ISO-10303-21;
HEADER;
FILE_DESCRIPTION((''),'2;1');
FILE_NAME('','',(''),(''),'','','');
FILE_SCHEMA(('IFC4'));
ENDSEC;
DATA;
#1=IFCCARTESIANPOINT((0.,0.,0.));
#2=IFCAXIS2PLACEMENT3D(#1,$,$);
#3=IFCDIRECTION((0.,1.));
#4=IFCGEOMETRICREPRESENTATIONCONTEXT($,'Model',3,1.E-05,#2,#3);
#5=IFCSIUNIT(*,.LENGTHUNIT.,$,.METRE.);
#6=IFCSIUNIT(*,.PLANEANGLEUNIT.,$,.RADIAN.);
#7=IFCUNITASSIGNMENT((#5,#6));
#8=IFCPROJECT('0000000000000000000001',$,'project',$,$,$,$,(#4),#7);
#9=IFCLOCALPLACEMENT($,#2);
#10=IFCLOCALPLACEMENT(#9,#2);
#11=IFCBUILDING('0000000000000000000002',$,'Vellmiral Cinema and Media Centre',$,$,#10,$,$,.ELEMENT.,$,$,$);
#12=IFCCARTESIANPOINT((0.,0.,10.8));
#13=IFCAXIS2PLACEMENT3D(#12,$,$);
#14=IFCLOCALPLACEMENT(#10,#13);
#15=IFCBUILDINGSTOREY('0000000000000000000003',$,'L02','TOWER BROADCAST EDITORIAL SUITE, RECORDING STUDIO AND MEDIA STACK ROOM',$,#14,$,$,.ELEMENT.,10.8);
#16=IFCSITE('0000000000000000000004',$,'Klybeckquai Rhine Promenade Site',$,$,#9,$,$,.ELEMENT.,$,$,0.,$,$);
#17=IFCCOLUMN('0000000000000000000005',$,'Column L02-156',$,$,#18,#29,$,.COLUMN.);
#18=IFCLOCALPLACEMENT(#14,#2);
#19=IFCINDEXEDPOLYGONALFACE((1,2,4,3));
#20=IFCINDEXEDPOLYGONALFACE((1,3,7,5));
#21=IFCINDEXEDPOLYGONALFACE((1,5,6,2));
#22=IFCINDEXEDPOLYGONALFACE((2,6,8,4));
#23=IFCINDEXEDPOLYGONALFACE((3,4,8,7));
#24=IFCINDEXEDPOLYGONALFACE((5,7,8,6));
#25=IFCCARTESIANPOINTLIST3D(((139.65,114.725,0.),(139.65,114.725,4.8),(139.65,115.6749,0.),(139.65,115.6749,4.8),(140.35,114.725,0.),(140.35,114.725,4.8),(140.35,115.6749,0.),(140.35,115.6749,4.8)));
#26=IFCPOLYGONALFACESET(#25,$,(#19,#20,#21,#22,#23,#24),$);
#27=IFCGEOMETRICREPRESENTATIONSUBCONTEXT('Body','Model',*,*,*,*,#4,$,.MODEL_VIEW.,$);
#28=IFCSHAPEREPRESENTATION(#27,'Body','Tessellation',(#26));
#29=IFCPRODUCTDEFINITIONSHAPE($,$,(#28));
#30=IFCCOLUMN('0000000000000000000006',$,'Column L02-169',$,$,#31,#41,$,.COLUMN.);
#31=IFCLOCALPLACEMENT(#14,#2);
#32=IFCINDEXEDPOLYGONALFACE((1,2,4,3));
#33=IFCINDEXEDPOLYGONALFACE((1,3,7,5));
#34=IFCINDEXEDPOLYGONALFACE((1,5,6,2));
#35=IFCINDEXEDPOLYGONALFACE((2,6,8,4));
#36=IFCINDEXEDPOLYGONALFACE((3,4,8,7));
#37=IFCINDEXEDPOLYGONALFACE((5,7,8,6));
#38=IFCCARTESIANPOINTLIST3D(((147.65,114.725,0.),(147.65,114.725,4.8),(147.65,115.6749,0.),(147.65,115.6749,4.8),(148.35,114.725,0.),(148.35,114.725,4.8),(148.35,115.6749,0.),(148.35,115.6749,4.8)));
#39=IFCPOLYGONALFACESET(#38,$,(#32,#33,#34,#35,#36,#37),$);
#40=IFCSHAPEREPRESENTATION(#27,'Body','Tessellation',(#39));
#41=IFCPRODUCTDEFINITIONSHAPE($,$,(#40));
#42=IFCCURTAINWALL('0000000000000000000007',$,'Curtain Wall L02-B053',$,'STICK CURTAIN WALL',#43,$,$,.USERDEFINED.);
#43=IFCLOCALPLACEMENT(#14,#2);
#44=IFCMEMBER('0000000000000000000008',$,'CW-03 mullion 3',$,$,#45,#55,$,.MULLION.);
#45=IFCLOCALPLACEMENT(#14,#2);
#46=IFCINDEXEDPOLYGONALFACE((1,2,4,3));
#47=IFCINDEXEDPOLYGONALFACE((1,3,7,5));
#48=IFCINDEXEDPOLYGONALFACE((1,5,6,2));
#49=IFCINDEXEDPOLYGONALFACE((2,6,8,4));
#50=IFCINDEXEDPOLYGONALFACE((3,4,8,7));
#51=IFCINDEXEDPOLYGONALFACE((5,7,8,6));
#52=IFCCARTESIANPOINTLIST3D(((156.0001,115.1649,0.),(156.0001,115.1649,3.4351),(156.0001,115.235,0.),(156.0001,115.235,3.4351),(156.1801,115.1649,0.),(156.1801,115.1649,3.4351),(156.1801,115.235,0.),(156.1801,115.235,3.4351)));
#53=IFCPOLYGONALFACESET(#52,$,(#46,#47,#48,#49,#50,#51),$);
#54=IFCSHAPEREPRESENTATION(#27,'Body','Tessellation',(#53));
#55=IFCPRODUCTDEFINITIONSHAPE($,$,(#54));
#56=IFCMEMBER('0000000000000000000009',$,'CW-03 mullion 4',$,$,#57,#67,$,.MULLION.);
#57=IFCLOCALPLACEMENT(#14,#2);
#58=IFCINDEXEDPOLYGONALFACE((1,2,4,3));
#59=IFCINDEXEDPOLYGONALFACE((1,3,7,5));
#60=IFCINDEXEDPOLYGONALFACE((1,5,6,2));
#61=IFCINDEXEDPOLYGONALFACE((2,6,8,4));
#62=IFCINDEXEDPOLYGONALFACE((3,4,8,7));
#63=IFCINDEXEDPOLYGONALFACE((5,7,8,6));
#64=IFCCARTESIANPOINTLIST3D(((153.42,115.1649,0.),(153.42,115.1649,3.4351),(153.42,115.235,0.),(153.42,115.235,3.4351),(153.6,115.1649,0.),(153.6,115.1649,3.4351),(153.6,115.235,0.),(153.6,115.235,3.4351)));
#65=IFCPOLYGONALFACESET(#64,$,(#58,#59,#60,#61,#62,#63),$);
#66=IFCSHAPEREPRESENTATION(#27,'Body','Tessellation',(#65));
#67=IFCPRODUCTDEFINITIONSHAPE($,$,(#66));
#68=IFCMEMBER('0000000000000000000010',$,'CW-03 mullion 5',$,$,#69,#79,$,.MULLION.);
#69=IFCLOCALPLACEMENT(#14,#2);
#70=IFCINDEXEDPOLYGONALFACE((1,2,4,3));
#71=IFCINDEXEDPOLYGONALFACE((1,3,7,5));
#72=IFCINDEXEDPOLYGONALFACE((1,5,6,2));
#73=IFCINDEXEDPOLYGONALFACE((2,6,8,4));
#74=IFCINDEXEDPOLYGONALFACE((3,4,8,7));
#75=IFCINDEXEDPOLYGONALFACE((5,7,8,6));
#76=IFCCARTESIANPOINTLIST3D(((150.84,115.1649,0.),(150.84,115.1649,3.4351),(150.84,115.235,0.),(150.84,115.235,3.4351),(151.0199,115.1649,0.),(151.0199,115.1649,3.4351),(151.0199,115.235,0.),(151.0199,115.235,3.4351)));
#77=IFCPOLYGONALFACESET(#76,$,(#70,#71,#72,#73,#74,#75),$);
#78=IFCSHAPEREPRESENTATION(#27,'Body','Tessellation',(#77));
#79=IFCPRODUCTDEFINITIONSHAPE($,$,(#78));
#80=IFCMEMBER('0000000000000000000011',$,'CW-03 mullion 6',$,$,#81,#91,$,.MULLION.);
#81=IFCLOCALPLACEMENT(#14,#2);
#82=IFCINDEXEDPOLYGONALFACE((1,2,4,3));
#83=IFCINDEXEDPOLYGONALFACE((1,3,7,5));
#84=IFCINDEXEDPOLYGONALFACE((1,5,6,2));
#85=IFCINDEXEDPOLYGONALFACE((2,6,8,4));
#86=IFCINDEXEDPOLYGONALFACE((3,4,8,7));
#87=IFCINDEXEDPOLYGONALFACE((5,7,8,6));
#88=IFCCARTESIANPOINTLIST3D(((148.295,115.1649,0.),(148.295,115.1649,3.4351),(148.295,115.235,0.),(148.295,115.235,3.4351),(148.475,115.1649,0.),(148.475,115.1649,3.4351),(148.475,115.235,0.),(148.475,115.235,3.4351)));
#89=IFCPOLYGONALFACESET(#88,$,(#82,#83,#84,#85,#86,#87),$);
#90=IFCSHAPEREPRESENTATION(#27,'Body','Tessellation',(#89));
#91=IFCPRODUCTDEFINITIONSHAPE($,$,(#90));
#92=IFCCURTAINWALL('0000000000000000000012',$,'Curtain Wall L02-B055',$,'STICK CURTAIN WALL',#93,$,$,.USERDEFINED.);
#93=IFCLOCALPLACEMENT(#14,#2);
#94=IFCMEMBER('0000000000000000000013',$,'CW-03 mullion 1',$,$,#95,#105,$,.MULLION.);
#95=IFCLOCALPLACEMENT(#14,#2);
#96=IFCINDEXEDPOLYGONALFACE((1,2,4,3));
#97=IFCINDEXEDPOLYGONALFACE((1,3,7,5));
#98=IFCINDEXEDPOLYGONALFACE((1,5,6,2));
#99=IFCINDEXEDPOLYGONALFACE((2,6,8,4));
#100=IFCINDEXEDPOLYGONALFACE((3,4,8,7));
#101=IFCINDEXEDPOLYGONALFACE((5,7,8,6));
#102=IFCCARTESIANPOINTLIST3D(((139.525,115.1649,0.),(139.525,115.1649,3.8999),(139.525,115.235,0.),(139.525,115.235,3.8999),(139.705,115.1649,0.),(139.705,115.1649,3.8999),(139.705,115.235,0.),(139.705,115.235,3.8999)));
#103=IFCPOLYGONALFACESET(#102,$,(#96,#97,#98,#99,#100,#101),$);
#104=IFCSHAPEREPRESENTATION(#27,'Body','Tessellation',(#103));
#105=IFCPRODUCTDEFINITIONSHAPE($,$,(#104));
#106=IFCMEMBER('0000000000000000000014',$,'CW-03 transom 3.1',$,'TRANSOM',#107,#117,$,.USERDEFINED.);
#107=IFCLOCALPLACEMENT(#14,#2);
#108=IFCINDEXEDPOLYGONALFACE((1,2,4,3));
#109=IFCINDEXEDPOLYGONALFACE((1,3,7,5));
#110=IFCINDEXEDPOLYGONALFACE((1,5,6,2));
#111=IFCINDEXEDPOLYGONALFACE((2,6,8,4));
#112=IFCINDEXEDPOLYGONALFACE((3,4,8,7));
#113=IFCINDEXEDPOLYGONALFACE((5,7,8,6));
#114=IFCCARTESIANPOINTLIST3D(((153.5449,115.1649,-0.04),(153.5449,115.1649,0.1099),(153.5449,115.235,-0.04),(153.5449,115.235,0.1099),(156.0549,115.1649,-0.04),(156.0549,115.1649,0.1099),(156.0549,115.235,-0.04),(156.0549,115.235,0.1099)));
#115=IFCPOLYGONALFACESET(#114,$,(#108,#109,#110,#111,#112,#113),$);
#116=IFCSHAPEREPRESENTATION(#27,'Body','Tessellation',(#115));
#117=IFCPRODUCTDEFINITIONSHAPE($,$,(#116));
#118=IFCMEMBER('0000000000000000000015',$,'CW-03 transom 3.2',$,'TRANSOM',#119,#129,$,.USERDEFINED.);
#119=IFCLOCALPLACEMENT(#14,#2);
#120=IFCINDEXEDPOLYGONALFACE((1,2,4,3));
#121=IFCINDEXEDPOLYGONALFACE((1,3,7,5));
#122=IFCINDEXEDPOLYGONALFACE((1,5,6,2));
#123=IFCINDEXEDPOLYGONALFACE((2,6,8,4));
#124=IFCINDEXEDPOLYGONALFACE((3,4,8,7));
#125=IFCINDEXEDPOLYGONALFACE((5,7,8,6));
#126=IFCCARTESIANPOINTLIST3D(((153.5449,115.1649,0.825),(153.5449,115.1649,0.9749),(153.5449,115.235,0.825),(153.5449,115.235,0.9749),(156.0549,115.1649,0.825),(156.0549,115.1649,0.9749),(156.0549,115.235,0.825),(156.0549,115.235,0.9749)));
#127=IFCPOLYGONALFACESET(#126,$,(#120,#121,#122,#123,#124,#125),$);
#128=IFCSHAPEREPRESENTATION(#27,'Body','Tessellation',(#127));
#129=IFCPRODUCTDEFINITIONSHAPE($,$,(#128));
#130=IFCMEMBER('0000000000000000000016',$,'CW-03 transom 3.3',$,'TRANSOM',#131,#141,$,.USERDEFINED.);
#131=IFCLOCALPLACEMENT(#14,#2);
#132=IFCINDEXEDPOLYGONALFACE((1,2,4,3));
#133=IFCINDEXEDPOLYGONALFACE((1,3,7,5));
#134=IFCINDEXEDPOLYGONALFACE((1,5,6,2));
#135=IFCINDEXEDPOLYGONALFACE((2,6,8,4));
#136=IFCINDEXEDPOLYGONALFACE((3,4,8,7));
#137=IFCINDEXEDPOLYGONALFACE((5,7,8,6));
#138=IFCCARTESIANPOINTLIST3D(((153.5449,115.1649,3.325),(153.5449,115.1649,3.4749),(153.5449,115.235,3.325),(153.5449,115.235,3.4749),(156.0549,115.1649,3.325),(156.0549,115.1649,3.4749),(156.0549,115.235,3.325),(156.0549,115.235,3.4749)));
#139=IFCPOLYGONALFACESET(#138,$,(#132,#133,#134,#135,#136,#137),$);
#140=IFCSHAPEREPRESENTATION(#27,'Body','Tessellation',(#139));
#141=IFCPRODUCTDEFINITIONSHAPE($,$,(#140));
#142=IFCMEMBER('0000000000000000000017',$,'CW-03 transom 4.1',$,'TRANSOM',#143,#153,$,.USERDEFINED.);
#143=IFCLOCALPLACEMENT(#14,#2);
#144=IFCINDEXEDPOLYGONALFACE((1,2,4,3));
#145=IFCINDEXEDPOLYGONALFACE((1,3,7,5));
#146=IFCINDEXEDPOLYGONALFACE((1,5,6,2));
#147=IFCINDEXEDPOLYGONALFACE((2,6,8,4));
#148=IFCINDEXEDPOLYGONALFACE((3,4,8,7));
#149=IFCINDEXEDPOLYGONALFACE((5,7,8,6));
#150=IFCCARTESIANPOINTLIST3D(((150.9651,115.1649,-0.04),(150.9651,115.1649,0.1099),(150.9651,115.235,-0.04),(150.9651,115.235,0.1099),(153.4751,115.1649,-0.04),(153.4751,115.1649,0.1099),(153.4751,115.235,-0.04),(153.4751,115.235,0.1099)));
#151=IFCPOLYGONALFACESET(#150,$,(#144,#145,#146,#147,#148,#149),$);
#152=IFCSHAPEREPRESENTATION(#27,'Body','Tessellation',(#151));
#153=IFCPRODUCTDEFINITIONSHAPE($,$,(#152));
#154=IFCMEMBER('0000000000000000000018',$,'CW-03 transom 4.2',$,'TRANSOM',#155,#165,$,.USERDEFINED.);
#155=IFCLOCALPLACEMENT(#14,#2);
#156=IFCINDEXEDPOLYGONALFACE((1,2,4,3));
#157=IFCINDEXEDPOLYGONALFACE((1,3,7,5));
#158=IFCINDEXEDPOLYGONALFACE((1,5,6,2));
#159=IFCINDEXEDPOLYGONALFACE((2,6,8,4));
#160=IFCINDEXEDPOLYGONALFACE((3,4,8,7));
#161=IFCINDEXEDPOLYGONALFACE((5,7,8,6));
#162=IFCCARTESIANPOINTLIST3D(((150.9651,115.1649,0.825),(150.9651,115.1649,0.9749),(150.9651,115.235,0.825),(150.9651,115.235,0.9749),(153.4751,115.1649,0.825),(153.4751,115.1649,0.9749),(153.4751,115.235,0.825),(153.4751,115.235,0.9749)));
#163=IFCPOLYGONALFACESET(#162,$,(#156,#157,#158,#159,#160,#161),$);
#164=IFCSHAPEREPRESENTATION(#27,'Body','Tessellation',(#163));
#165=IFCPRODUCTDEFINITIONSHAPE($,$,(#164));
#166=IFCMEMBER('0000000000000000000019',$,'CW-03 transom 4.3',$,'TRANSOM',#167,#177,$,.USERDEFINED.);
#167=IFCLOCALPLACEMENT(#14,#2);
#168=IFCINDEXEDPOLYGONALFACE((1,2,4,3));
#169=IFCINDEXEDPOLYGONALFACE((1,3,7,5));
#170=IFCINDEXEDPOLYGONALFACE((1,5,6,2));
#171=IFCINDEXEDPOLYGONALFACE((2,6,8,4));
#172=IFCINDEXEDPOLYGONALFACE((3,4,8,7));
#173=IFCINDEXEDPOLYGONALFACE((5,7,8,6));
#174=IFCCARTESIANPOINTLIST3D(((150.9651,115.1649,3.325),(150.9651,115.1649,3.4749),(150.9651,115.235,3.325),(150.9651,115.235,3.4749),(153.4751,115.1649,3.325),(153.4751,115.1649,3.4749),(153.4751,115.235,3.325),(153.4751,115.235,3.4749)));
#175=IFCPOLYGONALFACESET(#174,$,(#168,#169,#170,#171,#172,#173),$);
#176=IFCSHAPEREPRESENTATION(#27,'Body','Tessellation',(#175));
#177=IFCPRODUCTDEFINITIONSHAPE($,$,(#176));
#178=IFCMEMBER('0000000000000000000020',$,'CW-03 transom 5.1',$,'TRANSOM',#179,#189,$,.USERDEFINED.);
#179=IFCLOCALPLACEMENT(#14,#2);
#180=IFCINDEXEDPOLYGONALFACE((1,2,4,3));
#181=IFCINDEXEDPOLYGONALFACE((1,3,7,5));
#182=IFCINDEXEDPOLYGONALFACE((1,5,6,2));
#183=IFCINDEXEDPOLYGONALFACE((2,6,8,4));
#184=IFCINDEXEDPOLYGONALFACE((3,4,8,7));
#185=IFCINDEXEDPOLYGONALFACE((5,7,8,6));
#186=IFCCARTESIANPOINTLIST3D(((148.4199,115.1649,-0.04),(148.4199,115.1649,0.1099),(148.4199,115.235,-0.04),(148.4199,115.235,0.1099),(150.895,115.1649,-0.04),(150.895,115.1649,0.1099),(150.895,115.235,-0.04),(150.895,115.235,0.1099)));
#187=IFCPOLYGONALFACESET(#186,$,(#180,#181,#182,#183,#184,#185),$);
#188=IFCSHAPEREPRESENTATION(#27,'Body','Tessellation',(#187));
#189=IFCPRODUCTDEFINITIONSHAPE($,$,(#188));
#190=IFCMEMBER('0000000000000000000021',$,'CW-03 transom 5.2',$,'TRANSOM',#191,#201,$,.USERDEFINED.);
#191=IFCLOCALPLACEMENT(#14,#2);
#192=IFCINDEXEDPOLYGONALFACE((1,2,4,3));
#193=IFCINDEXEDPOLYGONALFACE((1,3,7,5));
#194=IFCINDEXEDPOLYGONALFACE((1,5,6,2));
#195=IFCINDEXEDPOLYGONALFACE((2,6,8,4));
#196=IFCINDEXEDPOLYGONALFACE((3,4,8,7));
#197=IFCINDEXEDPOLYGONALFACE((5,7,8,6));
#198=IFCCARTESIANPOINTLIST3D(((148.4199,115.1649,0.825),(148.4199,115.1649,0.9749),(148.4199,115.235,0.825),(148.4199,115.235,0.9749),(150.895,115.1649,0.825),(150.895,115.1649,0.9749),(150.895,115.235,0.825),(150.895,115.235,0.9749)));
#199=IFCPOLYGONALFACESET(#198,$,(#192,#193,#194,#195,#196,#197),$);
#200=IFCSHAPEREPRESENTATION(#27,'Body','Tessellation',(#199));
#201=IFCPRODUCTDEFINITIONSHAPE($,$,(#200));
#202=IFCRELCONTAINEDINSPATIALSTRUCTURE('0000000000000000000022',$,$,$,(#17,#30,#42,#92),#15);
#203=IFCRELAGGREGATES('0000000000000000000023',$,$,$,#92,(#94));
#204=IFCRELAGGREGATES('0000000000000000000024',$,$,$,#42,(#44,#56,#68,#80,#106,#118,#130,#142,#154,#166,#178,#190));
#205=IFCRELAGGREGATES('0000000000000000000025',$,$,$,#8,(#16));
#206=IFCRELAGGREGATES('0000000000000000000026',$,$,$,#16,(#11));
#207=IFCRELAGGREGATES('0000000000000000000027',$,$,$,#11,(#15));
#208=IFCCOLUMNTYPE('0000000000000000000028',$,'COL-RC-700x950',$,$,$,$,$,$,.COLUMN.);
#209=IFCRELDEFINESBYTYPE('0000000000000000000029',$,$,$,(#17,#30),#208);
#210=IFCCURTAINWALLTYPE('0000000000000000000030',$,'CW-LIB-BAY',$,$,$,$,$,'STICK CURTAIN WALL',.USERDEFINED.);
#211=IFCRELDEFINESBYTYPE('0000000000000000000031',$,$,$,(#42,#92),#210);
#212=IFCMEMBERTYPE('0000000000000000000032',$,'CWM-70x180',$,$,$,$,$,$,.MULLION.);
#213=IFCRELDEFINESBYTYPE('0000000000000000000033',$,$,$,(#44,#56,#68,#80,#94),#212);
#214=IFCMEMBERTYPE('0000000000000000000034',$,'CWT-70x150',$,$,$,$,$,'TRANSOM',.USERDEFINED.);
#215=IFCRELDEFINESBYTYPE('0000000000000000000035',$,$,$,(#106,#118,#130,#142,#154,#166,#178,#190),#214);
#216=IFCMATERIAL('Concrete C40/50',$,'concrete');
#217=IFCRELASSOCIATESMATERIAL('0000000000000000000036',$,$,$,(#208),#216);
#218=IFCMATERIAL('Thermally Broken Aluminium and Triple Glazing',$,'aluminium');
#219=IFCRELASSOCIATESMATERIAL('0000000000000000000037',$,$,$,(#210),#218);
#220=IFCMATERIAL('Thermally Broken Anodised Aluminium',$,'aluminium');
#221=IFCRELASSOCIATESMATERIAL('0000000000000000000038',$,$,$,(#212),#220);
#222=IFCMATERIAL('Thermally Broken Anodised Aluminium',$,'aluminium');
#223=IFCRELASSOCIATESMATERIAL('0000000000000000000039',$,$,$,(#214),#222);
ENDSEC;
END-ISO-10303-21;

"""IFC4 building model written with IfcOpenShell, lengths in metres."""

from ifc_helpers import new_model, si_unit, direction, frame, origin, origin_2d, place, context, subcontext, project, spatial, rectangle, extrude, material, material_profile, profile_set, type_object, element, aggregate, save


model = new_model("IFC4")

# Units and contexts
model_context = context("Model", 3, precision=1e-05, world=origin(), true_north=direction((0.0, 1.0)))
body_context = subcontext(model_context, "Body", "Model", "MODEL_VIEW")
ifc_project = project(units=[si_unit("LENGTHUNIT", "METRE"), si_unit("PLANEANGLEUNIT", "RADIAN")], contexts=[model_context])

# Site, building, storey
site_placement = place(None, origin())
site = spatial("IfcSite", under=ifc_project, at=site_placement, Name="Klybeckquai Rhine Promenade Site", CompositionType="ELEMENT", RefElevation=0.0)
building_placement = place(site_placement, origin())
building = spatial("IfcBuilding", under=site, at=building_placement, Name="Vellmiral Cinema and Media Centre", CompositionType="ELEMENT")
storey_placement = place(building_placement, frame((0.0, 0.0, 10.8)))
storey = spatial("IfcBuildingStorey", under=building, at=storey_placement, Name="L02", Description="TOWER BROADCAST EDITORIAL SUITE, RECORDING STUDIO AND MEDIA STACK ROOM", CompositionType="ELEMENT", Elevation=10.8)

# Columns
ifc_material_1 = material(Name="Concrete C40/50", Category="concrete")
ifc_material_profile_1 = material_profile(ifc_material_1, rectangle(XDim=0.7, YDim=0.95, at=origin_2d()), Name="RC 700x950")
ifc_profile_set_1 = profile_set([ifc_material_profile_1], Name="Concrete C40/50")
column_type = type_object("IfcColumnType", Name="COL-RC-700x950", PredefinedType="COLUMN", material=ifc_profile_set_1)
for number, where, z_axis, x_axis, name in (
    (1, (140.0, 115.2, 0.0), (0.0, 0.0, 1.0), (1.0, 0.0, 0.0), "Column L02-156"),
    (2, (148.0, 115.2, 0.0), (0.0, 0.0, 1.0), (1.0, 0.0, 0.0), "Column L02-169"),
):
    element("IfcColumn", number, at=place(storey_placement, frame(where, z_axis=z_axis, x_axis=x_axis)), inside=storey, type_object=column_type, Name=name, PredefinedType="COLUMN", context=body_context, shape_type="SweptSolid", body=[
        extrude(rectangle(XDim=0.7, YDim=0.95, at=origin_2d()), origin(), (0.0, 0.0, 1.0), 4.8),
    ])

# Curtain wall, members
ifc_material_2 = material(Name="Thermally Broken Aluminium and Triple Glazing", Category="aluminium")
curtain_wall_type = type_object("IfcCurtainWallType", Name="CW-LIB-BAY", ElementType="STICK CURTAIN WALL", PredefinedType="USERDEFINED", material=ifc_material_2)
curtain_wall_1_placement = place(storey_placement, origin())
curtain_wall_1 = element("IfcCurtainWall", 3, at=curtain_wall_1_placement, inside=storey, type_object=curtain_wall_type, Name="Curtain Wall L02-B053", ObjectType="STICK CURTAIN WALL", PredefinedType="USERDEFINED")
ifc_material_3 = material(Name="Thermally Broken Anodised Aluminium", Category="aluminium")
ifc_material_profile_2 = material_profile(ifc_material_3, rectangle(XDim=0.0701, YDim=0.1799, at=origin_2d()), Name="MULL 70x180")
ifc_profile_set_2 = profile_set([ifc_material_profile_2], Name="Thermally Broken Anodised Aluminium")
member_type_1 = type_object("IfcMemberType", Name="CWM-70x180", PredefinedType="MULLION", material=ifc_profile_set_2)
member_1_placement = place(storey_placement, frame((156.0901, 115.2, 0.0), z_axis=(0.0, 0.0, 1.0), x_axis=(0.0, -1.0, 0.0)))
member_1 = element("IfcMember", 4, at=member_1_placement, type_object=member_type_1, Name="CW-03 mullion 3", PredefinedType="MULLION", context=body_context, shape_type="SweptSolid", body=[
    extrude(rectangle(XDim=0.0701, YDim=0.1799, at=origin_2d()), origin(), (0.0, 0.0, 1.0), 3.4351),
])
member_2_placement = place(storey_placement, frame((153.51, 115.2, 0.0), z_axis=(0.0, 0.0, 1.0), x_axis=(0.0, -1.0, 0.0)))
member_2 = element("IfcMember", 5, at=member_2_placement, type_object=member_type_1, Name="CW-03 mullion 4", PredefinedType="MULLION", context=body_context, shape_type="SweptSolid", body=[
    extrude(rectangle(XDim=0.0701, YDim=0.1799, at=origin_2d()), origin(), (0.0, 0.0, 1.0), 3.4351),
])
member_3_placement = place(storey_placement, frame((150.9299, 115.2, 0.0), z_axis=(0.0, 0.0, 1.0), x_axis=(0.0, -1.0, 0.0)))
member_3 = element("IfcMember", 6, at=member_3_placement, type_object=member_type_1, Name="CW-03 mullion 5", PredefinedType="MULLION", context=body_context, shape_type="SweptSolid", body=[
    extrude(rectangle(XDim=0.0701, YDim=0.1799, at=origin_2d()), origin(), (0.0, 0.0, 1.0), 3.4351),
])
member_4_placement = place(storey_placement, frame((148.385, 115.2, 0.0), z_axis=(0.0, 0.0, 1.0), x_axis=(0.0, -1.0, 0.0)))
member_4 = element("IfcMember", 7, at=member_4_placement, type_object=member_type_1, Name="CW-03 mullion 6", PredefinedType="MULLION", context=body_context, shape_type="SweptSolid", body=[
    extrude(rectangle(XDim=0.0701, YDim=0.1799, at=origin_2d()), origin(), (0.0, 0.0, 1.0), 3.4351),
])

# Curtain wall, member
curtain_wall_2_placement = place(storey_placement, origin())
curtain_wall_2 = element("IfcCurtainWall", 8, at=curtain_wall_2_placement, inside=storey, type_object=curtain_wall_type, Name="Curtain Wall L02-B055", ObjectType="STICK CURTAIN WALL", PredefinedType="USERDEFINED")
member_5_placement = place(storey_placement, frame((139.615, 115.2, 0.0), z_axis=(0.0, 0.0, 1.0), x_axis=(0.0, -1.0, 0.0)))
member_5 = element("IfcMember", 9, at=member_5_placement, type_object=member_type_1, Name="CW-03 mullion 1", PredefinedType="MULLION", context=body_context, shape_type="SweptSolid", body=[
    extrude(rectangle(XDim=0.0701, YDim=0.1799, at=origin_2d()), origin(), (0.0, 0.0, 1.0), 3.8999),
])
aggregate(curtain_wall_2, [member_5])

# Members
ifc_material_4 = material(Name="Thermally Broken Anodised Aluminium", Category="aluminium")
ifc_material_profile_3 = material_profile(ifc_material_4, rectangle(XDim=0.0701, YDim=0.1499, at=origin_2d()), Name="MULL 70x150")
ifc_profile_set_3 = profile_set([ifc_material_profile_3], Name="Thermally Broken Anodised Aluminium")
member_type_2 = type_object("IfcMemberType", Name="CWT-70x150", ElementType="TRANSOM", PredefinedType="USERDEFINED", material=ifc_profile_set_3)
member_6_placement = place(storey_placement, frame((156.0549, 115.2, 0.0349), z_axis=(-1.0, 0.0, 0.0), x_axis=(0.0, -1.0, 0.0)))
member_6 = element("IfcMember", 10, at=member_6_placement, type_object=member_type_2, Name="CW-03 transom 3.1", ObjectType="TRANSOM", PredefinedType="USERDEFINED", context=body_context, shape_type="SweptSolid", body=[
    extrude(rectangle(XDim=0.0701, YDim=0.1499, at=origin_2d()), origin(), (0.0, 0.0, 1.0), 2.51),
])
member_7_placement = place(storey_placement, frame((156.0549, 115.2, 0.8999), z_axis=(-1.0, 0.0, 0.0), x_axis=(0.0, -1.0, 0.0)))
member_7 = element("IfcMember", 11, at=member_7_placement, type_object=member_type_2, Name="CW-03 transom 3.2", ObjectType="TRANSOM", PredefinedType="USERDEFINED", context=body_context, shape_type="SweptSolid", body=[
    extrude(rectangle(XDim=0.0701, YDim=0.1499, at=origin_2d()), origin(), (0.0, 0.0, 1.0), 2.51),
])
member_8_placement = place(storey_placement, frame((156.0549, 115.2, 3.3999), z_axis=(-1.0, 0.0, 0.0), x_axis=(0.0, -1.0, 0.0)))
member_8 = element("IfcMember", 12, at=member_8_placement, type_object=member_type_2, Name="CW-03 transom 3.3", ObjectType="TRANSOM", PredefinedType="USERDEFINED", context=body_context, shape_type="SweptSolid", body=[
    extrude(rectangle(XDim=0.0701, YDim=0.1499, at=origin_2d()), origin(), (0.0, 0.0, 1.0), 2.51),
])
member_9_placement = place(storey_placement, frame((153.4751, 115.2, 0.0349), z_axis=(-1.0, 0.0, 0.0), x_axis=(0.0, -1.0, 0.0)))
member_9 = element("IfcMember", 13, at=member_9_placement, type_object=member_type_2, Name="CW-03 transom 4.1", ObjectType="TRANSOM", PredefinedType="USERDEFINED", context=body_context, shape_type="SweptSolid", body=[
    extrude(rectangle(XDim=0.0701, YDim=0.1499, at=origin_2d()), origin(), (0.0, 0.0, 1.0), 2.51),
])
member_10_placement = place(storey_placement, frame((153.4751, 115.2, 0.8999), z_axis=(-1.0, 0.0, 0.0), x_axis=(0.0, -1.0, 0.0)))
member_10 = element("IfcMember", 14, at=member_10_placement, type_object=member_type_2, Name="CW-03 transom 4.2", ObjectType="TRANSOM", PredefinedType="USERDEFINED", context=body_context, shape_type="SweptSolid", body=[
    extrude(rectangle(XDim=0.0701, YDim=0.1499, at=origin_2d()), origin(), (0.0, 0.0, 1.0), 2.51),
])
member_11_placement = place(storey_placement, frame((153.4751, 115.2, 3.3999), z_axis=(-1.0, 0.0, 0.0), x_axis=(0.0, -1.0, 0.0)))
member_11 = element("IfcMember", 15, at=member_11_placement, type_object=member_type_2, Name="CW-03 transom 4.3", ObjectType="TRANSOM", PredefinedType="USERDEFINED", context=body_context, shape_type="SweptSolid", body=[
    extrude(rectangle(XDim=0.0701, YDim=0.1499, at=origin_2d()), origin(), (0.0, 0.0, 1.0), 2.51),
])
member_12_placement = place(storey_placement, frame((150.895, 115.2, 0.0349), z_axis=(-1.0, 0.0, 0.0), x_axis=(0.0, -1.0, 0.0)))
member_12 = element("IfcMember", 16, at=member_12_placement, type_object=member_type_2, Name="CW-03 transom 5.1", ObjectType="TRANSOM", PredefinedType="USERDEFINED", context=body_context, shape_type="SweptSolid", body=[
    extrude(rectangle(XDim=0.0701, YDim=0.1499, at=origin_2d()), origin(), (0.0, 0.0, 1.0), 2.4751),
])
member_13_placement = place(storey_placement, frame((150.895, 115.2, 0.8999), z_axis=(-1.0, 0.0, 0.0), x_axis=(0.0, -1.0, 0.0)))
member_13 = element("IfcMember", 17, at=member_13_placement, type_object=member_type_2, Name="CW-03 transom 5.2", ObjectType="TRANSOM", PredefinedType="USERDEFINED", context=body_context, shape_type="SweptSolid", body=[
    extrude(rectangle(XDim=0.0701, YDim=0.1499, at=origin_2d()), origin(), (0.0, 0.0, 1.0), 2.4751),
])

aggregate(curtain_wall_1, [member_1, member_2, member_3, member_4, member_6, member_7, member_8, member_9, member_10, member_11, member_12, member_13])

save(model, "model.ifc")
